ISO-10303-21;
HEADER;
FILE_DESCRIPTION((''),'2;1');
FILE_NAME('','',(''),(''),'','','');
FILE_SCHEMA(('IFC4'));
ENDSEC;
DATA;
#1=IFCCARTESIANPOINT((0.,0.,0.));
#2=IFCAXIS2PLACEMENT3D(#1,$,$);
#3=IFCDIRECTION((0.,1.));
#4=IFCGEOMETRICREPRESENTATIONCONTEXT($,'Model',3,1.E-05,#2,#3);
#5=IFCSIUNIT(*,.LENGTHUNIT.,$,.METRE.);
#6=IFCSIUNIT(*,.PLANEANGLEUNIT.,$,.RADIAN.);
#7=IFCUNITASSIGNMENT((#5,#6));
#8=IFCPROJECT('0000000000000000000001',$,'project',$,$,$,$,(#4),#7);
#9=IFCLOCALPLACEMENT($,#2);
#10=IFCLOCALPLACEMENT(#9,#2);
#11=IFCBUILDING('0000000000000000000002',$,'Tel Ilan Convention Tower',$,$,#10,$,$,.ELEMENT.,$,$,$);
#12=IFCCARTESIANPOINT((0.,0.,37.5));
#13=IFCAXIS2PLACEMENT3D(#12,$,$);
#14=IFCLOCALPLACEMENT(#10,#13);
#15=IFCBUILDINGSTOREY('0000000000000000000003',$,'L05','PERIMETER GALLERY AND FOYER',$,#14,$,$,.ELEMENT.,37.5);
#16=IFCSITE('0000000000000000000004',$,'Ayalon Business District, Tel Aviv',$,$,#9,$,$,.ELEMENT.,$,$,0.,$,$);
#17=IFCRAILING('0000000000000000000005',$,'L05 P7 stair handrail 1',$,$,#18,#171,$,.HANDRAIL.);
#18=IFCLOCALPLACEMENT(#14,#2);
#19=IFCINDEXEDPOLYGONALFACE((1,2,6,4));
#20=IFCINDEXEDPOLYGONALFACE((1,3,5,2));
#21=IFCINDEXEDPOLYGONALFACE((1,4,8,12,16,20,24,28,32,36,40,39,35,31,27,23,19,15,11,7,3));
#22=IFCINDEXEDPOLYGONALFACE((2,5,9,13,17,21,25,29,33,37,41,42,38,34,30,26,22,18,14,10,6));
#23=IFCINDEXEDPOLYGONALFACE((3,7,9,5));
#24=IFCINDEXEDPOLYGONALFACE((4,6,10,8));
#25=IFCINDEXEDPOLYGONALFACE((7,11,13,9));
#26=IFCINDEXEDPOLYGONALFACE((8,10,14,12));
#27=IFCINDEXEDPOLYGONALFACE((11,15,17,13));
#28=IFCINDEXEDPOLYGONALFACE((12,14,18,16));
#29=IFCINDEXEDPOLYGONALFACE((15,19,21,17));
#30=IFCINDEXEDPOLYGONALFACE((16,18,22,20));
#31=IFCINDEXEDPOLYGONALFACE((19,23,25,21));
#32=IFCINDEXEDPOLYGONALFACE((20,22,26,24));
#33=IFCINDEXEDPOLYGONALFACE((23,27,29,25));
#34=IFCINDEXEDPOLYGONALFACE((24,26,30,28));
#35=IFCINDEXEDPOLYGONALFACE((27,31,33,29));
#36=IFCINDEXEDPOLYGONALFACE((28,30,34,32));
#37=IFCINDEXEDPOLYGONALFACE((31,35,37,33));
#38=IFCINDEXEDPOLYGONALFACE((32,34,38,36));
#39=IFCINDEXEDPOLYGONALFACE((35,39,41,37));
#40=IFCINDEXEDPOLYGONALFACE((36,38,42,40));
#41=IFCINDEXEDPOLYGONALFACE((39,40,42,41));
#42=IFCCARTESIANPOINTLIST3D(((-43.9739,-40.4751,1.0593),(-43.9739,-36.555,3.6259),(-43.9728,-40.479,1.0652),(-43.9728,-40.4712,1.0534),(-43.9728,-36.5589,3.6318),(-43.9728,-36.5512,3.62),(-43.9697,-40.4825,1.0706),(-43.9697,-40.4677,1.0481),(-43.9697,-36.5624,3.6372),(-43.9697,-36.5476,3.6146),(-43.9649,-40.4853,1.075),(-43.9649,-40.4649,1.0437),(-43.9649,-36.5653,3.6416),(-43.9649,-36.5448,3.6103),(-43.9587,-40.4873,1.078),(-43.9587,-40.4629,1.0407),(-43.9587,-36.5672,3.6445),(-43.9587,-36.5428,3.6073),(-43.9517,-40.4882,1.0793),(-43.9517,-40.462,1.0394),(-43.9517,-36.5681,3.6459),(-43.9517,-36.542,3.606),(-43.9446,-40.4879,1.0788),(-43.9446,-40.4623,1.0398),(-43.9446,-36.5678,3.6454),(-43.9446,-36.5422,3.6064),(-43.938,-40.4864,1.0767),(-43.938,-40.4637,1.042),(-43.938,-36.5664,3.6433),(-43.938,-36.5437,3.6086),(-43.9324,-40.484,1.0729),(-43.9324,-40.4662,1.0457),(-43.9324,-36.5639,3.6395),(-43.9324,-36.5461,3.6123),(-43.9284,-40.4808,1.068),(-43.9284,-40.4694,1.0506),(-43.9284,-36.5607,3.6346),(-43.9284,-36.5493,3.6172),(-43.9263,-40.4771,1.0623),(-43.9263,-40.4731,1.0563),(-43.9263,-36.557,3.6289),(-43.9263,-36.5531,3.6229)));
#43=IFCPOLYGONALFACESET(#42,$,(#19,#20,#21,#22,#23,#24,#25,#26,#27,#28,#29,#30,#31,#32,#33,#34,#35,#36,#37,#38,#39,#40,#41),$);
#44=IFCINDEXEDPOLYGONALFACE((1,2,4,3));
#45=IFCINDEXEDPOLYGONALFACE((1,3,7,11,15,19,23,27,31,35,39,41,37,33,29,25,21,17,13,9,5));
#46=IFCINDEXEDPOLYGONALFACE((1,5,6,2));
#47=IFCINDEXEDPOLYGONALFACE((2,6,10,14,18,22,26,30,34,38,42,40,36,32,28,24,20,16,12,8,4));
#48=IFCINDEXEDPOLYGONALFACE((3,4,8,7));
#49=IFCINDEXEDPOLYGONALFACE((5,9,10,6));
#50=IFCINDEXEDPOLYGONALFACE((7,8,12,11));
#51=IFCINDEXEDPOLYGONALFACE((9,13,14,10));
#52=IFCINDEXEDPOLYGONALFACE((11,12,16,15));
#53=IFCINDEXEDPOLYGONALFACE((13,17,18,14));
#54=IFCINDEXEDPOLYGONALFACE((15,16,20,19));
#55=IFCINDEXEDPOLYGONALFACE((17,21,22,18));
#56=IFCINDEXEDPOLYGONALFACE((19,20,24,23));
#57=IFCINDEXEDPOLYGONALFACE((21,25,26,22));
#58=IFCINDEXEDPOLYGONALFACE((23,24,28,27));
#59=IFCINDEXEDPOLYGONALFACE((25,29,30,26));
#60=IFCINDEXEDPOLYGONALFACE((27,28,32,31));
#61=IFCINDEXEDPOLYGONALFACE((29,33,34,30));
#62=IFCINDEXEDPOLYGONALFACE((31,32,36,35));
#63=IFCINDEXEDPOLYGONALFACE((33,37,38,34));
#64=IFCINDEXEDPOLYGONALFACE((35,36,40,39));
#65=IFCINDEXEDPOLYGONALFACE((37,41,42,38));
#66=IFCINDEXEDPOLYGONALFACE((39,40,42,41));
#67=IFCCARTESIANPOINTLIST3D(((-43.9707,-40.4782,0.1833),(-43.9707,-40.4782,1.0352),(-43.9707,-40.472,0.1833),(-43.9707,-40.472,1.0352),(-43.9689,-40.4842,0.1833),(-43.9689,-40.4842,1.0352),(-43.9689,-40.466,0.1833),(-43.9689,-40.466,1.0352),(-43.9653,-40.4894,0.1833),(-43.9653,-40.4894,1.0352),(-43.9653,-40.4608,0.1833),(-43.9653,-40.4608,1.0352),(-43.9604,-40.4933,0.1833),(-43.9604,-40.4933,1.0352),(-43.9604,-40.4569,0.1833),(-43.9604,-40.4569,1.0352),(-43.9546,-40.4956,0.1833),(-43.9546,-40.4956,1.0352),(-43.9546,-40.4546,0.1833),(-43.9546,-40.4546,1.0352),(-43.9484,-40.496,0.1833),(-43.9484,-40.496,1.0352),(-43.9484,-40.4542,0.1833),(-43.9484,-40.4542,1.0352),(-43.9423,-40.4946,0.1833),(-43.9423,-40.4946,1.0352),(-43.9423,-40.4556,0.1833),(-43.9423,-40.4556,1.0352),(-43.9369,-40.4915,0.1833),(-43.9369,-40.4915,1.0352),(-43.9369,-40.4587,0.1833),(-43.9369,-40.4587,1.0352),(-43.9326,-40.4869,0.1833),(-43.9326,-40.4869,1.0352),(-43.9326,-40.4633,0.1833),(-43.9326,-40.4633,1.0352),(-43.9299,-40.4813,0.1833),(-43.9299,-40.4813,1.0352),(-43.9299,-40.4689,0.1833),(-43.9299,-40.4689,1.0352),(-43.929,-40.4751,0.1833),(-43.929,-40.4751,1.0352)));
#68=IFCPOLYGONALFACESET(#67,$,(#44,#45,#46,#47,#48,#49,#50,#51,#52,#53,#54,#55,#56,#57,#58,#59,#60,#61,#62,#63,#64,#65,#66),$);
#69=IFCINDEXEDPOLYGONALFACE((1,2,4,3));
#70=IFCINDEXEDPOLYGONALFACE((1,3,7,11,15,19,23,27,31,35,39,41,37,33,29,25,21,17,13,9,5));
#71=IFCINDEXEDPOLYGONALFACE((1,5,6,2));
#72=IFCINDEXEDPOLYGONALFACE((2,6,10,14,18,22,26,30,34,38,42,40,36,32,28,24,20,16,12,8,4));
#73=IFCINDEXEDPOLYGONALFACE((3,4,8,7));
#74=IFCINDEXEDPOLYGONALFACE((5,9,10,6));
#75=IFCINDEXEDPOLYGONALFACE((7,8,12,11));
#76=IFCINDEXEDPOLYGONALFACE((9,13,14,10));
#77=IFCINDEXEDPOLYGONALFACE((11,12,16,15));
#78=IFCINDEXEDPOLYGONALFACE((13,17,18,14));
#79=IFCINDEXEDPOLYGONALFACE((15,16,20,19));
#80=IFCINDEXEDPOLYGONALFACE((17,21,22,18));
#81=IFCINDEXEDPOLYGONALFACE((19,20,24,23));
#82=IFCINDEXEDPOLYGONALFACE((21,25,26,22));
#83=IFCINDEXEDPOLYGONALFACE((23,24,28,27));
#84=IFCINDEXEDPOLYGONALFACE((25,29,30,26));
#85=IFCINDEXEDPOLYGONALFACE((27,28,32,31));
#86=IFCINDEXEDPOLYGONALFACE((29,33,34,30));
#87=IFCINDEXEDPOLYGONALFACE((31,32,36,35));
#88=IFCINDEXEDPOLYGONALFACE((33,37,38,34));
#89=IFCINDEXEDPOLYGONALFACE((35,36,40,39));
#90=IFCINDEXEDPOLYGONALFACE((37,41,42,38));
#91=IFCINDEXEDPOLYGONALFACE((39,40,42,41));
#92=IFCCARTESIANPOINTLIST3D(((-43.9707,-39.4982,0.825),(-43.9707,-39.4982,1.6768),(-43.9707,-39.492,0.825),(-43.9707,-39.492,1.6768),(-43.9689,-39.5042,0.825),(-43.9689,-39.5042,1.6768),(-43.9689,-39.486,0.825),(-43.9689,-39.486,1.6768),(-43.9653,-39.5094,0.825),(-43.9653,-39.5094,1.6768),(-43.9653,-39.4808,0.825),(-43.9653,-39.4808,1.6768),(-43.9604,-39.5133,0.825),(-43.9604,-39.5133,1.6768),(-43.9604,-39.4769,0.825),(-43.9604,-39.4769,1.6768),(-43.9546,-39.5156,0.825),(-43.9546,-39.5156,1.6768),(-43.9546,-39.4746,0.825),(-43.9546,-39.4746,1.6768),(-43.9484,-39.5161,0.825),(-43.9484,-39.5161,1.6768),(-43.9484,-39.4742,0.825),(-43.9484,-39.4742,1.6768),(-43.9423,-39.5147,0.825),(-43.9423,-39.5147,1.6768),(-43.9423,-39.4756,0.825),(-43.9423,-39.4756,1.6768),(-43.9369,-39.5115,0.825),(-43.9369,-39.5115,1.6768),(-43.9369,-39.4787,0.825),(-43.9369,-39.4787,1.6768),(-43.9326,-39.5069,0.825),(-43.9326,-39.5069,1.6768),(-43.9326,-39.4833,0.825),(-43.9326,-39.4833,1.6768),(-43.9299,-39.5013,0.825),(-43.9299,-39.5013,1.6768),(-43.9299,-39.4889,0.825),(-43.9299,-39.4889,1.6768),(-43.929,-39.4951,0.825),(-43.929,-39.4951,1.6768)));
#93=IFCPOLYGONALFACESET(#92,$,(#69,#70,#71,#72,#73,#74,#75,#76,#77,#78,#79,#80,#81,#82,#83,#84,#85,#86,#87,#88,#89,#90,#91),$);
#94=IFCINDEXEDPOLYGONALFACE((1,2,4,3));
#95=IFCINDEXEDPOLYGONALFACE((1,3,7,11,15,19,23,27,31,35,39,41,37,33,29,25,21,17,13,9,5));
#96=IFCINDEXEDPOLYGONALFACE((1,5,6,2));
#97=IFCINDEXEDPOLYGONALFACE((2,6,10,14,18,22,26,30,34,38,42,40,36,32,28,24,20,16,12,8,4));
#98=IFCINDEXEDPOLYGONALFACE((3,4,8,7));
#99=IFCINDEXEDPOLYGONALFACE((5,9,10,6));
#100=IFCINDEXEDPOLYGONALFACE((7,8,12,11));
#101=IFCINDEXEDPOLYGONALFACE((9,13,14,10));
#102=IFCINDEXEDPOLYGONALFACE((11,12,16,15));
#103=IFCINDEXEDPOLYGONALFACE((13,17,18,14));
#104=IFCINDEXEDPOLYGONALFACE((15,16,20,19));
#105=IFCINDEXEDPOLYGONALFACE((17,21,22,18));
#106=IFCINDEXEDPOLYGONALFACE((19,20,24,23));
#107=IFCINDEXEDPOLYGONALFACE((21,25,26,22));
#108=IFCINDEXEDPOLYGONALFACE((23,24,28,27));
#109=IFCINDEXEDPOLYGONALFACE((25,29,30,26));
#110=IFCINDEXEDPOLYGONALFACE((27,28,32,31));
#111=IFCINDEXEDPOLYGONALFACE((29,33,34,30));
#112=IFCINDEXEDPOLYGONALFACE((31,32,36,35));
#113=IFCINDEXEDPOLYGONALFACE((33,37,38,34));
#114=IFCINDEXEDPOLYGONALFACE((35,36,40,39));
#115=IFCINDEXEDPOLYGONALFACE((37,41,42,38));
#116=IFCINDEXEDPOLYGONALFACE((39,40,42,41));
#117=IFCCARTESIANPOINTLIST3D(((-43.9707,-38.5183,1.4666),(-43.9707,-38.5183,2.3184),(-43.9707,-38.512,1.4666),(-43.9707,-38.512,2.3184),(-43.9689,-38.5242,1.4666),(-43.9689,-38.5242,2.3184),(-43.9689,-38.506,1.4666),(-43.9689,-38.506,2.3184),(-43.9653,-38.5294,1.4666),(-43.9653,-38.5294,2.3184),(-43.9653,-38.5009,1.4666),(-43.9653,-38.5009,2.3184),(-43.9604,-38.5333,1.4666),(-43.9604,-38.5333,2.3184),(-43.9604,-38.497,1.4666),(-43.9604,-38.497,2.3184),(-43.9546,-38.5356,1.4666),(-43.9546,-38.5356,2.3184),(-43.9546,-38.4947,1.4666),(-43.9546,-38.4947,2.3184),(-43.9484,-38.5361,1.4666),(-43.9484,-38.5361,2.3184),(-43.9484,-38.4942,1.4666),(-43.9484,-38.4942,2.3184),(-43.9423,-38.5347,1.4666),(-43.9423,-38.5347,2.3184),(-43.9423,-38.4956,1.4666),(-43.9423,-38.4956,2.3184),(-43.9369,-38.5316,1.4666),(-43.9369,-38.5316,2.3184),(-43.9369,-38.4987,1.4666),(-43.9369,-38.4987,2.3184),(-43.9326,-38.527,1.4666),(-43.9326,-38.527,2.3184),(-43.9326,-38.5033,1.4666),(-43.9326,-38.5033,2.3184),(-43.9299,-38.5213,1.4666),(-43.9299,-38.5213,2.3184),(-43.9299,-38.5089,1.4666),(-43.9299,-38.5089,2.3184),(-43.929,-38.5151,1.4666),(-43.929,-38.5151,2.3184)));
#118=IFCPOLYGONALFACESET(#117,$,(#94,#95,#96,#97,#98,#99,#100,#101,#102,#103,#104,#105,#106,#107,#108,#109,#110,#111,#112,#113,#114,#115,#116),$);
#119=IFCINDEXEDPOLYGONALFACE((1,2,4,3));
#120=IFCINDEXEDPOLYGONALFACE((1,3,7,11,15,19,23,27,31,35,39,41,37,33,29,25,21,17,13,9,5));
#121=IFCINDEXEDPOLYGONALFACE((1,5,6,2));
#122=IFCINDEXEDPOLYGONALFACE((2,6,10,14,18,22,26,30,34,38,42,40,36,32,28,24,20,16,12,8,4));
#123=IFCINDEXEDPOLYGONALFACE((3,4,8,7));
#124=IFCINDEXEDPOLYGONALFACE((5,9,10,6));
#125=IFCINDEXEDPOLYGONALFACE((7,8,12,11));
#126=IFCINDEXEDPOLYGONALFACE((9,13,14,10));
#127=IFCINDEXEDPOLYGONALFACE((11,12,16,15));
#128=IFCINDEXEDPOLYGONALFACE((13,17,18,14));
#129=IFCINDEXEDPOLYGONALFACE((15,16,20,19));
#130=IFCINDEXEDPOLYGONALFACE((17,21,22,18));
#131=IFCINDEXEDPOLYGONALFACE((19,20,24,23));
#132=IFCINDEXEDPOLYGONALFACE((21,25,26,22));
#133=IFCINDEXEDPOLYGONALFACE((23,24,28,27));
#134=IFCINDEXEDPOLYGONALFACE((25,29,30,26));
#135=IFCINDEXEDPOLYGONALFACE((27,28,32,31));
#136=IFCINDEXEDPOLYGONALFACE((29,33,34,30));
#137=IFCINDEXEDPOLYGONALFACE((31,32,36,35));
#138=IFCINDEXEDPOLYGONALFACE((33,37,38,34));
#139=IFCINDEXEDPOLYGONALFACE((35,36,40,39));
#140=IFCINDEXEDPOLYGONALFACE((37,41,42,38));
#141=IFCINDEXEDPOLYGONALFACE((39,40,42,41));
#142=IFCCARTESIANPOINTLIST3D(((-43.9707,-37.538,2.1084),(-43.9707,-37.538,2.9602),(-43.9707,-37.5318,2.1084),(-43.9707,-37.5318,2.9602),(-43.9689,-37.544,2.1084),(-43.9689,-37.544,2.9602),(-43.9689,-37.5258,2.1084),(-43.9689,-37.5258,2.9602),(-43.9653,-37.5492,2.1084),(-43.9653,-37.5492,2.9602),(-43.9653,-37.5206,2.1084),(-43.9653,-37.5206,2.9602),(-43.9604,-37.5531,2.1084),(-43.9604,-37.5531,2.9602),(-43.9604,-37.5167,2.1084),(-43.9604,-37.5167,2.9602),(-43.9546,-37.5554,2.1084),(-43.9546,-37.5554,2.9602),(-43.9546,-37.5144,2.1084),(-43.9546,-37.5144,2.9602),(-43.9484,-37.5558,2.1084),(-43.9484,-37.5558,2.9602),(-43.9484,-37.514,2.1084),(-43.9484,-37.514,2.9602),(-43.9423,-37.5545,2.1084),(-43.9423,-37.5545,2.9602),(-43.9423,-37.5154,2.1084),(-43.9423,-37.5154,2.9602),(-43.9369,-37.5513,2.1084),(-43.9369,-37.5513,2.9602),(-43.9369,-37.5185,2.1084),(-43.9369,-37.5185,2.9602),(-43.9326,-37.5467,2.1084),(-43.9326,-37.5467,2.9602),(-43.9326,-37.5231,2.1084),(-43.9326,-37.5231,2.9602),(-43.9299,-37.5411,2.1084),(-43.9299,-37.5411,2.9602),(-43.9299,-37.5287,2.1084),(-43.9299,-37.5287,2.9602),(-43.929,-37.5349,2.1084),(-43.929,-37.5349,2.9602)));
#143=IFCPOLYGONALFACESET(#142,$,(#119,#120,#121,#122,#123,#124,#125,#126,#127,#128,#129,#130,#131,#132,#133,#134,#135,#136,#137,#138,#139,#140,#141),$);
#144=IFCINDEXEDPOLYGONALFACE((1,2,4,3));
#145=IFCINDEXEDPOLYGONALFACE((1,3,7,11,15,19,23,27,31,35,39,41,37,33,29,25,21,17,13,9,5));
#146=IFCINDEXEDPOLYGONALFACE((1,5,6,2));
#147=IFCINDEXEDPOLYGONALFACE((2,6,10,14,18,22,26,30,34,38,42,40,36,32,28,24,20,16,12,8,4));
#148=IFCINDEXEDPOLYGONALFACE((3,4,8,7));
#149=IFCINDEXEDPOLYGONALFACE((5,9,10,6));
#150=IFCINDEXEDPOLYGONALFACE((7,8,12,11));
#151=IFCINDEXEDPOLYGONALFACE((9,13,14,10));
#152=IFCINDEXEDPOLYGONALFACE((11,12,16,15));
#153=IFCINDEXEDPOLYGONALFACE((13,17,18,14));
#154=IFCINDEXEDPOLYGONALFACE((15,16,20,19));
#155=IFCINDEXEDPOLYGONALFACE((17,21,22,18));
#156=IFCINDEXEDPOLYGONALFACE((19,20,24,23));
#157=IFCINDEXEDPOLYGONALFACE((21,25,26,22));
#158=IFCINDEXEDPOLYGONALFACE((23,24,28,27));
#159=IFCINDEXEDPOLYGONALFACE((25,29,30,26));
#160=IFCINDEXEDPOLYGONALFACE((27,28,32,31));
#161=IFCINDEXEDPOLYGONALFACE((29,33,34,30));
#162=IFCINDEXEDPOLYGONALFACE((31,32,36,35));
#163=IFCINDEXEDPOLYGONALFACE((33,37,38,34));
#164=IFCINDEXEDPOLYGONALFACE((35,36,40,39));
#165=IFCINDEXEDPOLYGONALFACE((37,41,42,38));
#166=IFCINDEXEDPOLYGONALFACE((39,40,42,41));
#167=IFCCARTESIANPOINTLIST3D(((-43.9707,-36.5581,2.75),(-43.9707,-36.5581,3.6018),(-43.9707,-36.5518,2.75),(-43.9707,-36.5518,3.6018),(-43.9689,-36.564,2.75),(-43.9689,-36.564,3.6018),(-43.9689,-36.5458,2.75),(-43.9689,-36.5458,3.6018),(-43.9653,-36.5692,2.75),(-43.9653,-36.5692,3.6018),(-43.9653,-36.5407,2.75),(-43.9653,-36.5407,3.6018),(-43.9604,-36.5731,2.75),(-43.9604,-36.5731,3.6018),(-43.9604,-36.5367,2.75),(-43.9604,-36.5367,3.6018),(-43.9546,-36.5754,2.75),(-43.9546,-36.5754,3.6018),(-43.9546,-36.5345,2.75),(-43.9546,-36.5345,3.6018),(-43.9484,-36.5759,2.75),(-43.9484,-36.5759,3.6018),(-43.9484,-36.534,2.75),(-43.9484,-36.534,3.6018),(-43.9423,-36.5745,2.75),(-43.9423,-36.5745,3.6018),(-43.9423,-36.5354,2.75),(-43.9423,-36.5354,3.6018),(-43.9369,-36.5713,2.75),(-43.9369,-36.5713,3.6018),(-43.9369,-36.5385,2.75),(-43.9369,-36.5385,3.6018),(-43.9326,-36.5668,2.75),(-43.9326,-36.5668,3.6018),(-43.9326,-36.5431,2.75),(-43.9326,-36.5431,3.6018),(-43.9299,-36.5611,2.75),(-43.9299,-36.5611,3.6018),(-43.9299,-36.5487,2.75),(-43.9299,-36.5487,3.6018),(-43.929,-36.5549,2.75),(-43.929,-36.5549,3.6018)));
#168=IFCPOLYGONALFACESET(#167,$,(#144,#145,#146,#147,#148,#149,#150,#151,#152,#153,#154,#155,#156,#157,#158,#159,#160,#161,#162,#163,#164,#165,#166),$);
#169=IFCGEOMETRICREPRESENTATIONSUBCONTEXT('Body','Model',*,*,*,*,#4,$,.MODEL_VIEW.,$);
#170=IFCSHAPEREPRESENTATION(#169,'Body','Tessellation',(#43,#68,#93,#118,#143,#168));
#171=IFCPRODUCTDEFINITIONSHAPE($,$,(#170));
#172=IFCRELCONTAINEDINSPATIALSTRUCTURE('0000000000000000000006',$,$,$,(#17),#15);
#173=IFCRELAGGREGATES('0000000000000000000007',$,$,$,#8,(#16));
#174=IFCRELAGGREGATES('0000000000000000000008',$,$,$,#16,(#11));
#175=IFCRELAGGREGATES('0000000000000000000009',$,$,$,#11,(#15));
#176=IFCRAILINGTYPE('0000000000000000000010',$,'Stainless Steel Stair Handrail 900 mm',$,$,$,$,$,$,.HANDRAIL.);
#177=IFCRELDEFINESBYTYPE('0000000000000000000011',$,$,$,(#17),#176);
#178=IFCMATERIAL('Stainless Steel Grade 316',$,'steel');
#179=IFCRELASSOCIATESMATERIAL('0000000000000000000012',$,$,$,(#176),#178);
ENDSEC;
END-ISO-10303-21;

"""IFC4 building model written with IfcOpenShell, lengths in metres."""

from ifc_helpers import new_model, si_unit, direction, frame, origin, origin_2d, place, context, subcontext, project, spatial, circle, extrude, material, type_object, element, save


model = new_model("IFC4")

# Units and contexts
model_context = context("Model", 3, precision=1e-05, world=origin(), true_north=direction((0.0, 1.0)))
body_context = subcontext(model_context, "Body", "Model", "MODEL_VIEW")
ifc_project = project(units=[si_unit("LENGTHUNIT", "METRE"), si_unit("PLANEANGLEUNIT", "RADIAN")], contexts=[model_context])

# Site, building, storey
site_placement = place(None, origin())
site = spatial("IfcSite", under=ifc_project, at=site_placement, Name="Ayalon Business District, Tel Aviv", CompositionType="ELEMENT", RefElevation=0.0)
building_placement = place(site_placement, origin())
building = spatial("IfcBuilding", under=site, at=building_placement, Name="Tel Ilan Convention Tower", CompositionType="ELEMENT")
storey_placement = place(building_placement, frame((0.0, 0.0, 37.5)))
storey = spatial("IfcBuildingStorey", under=building, at=storey_placement, Name="L05", Description="PERIMETER GALLERY AND FOYER", CompositionType="ELEMENT", Elevation=37.5)

# Railing
ifc_material_1 = material(Name="Stainless Steel Grade 316", Category="steel")
railing_type_1 = type_object("IfcRailingType", Name="Stainless Steel Stair Handrail 900 mm", PredefinedType="HANDRAIL", material=ifc_material_1)
railing_1_placement = place(storey_placement, frame((-43.95, -40.4751, 0.1833)))
element("IfcRailing", 1, at=railing_1_placement, inside=storey, type_object=railing_type_1, Name="L05 P7 stair handrail 1", PredefinedType="HANDRAIL", context=body_context, shape_type="SweptSolid", body=[
    extrude(circle(Radius=0.0239, at=origin_2d()), frame((0.0, 0.0, 0.876), z_axis=(0.0, 0.836631, 0.547767), x_axis=(-1.0, 0.0, 0.0)), (0.0, 0.0, 1.0), 4.6855),
    extrude(circle(Radius=0.021, at=origin_2d()), origin(), (0.0, 0.0, 1.0), 0.8518),
    extrude(circle(Radius=0.021, at=origin_2d()), frame((0.0, 0.98, 0.6416)), (0.0, 0.0, 1.0), 0.8518),
    extrude(circle(Radius=0.021, at=origin_2d()), frame((0.0, 1.96, 1.2832)), (0.0, 0.0, 1.0), 0.8518),
    extrude(circle(Radius=0.021, at=origin_2d()), frame((0.0, 2.9402, 1.925)), (0.0, 0.0, 1.0), 0.8518),
    extrude(circle(Radius=0.021, at=origin_2d()), frame((0.0, 3.9202, 2.5667)), (0.0, 0.0, 1.0), 0.8518),
])

save(model, "model.ifc")
